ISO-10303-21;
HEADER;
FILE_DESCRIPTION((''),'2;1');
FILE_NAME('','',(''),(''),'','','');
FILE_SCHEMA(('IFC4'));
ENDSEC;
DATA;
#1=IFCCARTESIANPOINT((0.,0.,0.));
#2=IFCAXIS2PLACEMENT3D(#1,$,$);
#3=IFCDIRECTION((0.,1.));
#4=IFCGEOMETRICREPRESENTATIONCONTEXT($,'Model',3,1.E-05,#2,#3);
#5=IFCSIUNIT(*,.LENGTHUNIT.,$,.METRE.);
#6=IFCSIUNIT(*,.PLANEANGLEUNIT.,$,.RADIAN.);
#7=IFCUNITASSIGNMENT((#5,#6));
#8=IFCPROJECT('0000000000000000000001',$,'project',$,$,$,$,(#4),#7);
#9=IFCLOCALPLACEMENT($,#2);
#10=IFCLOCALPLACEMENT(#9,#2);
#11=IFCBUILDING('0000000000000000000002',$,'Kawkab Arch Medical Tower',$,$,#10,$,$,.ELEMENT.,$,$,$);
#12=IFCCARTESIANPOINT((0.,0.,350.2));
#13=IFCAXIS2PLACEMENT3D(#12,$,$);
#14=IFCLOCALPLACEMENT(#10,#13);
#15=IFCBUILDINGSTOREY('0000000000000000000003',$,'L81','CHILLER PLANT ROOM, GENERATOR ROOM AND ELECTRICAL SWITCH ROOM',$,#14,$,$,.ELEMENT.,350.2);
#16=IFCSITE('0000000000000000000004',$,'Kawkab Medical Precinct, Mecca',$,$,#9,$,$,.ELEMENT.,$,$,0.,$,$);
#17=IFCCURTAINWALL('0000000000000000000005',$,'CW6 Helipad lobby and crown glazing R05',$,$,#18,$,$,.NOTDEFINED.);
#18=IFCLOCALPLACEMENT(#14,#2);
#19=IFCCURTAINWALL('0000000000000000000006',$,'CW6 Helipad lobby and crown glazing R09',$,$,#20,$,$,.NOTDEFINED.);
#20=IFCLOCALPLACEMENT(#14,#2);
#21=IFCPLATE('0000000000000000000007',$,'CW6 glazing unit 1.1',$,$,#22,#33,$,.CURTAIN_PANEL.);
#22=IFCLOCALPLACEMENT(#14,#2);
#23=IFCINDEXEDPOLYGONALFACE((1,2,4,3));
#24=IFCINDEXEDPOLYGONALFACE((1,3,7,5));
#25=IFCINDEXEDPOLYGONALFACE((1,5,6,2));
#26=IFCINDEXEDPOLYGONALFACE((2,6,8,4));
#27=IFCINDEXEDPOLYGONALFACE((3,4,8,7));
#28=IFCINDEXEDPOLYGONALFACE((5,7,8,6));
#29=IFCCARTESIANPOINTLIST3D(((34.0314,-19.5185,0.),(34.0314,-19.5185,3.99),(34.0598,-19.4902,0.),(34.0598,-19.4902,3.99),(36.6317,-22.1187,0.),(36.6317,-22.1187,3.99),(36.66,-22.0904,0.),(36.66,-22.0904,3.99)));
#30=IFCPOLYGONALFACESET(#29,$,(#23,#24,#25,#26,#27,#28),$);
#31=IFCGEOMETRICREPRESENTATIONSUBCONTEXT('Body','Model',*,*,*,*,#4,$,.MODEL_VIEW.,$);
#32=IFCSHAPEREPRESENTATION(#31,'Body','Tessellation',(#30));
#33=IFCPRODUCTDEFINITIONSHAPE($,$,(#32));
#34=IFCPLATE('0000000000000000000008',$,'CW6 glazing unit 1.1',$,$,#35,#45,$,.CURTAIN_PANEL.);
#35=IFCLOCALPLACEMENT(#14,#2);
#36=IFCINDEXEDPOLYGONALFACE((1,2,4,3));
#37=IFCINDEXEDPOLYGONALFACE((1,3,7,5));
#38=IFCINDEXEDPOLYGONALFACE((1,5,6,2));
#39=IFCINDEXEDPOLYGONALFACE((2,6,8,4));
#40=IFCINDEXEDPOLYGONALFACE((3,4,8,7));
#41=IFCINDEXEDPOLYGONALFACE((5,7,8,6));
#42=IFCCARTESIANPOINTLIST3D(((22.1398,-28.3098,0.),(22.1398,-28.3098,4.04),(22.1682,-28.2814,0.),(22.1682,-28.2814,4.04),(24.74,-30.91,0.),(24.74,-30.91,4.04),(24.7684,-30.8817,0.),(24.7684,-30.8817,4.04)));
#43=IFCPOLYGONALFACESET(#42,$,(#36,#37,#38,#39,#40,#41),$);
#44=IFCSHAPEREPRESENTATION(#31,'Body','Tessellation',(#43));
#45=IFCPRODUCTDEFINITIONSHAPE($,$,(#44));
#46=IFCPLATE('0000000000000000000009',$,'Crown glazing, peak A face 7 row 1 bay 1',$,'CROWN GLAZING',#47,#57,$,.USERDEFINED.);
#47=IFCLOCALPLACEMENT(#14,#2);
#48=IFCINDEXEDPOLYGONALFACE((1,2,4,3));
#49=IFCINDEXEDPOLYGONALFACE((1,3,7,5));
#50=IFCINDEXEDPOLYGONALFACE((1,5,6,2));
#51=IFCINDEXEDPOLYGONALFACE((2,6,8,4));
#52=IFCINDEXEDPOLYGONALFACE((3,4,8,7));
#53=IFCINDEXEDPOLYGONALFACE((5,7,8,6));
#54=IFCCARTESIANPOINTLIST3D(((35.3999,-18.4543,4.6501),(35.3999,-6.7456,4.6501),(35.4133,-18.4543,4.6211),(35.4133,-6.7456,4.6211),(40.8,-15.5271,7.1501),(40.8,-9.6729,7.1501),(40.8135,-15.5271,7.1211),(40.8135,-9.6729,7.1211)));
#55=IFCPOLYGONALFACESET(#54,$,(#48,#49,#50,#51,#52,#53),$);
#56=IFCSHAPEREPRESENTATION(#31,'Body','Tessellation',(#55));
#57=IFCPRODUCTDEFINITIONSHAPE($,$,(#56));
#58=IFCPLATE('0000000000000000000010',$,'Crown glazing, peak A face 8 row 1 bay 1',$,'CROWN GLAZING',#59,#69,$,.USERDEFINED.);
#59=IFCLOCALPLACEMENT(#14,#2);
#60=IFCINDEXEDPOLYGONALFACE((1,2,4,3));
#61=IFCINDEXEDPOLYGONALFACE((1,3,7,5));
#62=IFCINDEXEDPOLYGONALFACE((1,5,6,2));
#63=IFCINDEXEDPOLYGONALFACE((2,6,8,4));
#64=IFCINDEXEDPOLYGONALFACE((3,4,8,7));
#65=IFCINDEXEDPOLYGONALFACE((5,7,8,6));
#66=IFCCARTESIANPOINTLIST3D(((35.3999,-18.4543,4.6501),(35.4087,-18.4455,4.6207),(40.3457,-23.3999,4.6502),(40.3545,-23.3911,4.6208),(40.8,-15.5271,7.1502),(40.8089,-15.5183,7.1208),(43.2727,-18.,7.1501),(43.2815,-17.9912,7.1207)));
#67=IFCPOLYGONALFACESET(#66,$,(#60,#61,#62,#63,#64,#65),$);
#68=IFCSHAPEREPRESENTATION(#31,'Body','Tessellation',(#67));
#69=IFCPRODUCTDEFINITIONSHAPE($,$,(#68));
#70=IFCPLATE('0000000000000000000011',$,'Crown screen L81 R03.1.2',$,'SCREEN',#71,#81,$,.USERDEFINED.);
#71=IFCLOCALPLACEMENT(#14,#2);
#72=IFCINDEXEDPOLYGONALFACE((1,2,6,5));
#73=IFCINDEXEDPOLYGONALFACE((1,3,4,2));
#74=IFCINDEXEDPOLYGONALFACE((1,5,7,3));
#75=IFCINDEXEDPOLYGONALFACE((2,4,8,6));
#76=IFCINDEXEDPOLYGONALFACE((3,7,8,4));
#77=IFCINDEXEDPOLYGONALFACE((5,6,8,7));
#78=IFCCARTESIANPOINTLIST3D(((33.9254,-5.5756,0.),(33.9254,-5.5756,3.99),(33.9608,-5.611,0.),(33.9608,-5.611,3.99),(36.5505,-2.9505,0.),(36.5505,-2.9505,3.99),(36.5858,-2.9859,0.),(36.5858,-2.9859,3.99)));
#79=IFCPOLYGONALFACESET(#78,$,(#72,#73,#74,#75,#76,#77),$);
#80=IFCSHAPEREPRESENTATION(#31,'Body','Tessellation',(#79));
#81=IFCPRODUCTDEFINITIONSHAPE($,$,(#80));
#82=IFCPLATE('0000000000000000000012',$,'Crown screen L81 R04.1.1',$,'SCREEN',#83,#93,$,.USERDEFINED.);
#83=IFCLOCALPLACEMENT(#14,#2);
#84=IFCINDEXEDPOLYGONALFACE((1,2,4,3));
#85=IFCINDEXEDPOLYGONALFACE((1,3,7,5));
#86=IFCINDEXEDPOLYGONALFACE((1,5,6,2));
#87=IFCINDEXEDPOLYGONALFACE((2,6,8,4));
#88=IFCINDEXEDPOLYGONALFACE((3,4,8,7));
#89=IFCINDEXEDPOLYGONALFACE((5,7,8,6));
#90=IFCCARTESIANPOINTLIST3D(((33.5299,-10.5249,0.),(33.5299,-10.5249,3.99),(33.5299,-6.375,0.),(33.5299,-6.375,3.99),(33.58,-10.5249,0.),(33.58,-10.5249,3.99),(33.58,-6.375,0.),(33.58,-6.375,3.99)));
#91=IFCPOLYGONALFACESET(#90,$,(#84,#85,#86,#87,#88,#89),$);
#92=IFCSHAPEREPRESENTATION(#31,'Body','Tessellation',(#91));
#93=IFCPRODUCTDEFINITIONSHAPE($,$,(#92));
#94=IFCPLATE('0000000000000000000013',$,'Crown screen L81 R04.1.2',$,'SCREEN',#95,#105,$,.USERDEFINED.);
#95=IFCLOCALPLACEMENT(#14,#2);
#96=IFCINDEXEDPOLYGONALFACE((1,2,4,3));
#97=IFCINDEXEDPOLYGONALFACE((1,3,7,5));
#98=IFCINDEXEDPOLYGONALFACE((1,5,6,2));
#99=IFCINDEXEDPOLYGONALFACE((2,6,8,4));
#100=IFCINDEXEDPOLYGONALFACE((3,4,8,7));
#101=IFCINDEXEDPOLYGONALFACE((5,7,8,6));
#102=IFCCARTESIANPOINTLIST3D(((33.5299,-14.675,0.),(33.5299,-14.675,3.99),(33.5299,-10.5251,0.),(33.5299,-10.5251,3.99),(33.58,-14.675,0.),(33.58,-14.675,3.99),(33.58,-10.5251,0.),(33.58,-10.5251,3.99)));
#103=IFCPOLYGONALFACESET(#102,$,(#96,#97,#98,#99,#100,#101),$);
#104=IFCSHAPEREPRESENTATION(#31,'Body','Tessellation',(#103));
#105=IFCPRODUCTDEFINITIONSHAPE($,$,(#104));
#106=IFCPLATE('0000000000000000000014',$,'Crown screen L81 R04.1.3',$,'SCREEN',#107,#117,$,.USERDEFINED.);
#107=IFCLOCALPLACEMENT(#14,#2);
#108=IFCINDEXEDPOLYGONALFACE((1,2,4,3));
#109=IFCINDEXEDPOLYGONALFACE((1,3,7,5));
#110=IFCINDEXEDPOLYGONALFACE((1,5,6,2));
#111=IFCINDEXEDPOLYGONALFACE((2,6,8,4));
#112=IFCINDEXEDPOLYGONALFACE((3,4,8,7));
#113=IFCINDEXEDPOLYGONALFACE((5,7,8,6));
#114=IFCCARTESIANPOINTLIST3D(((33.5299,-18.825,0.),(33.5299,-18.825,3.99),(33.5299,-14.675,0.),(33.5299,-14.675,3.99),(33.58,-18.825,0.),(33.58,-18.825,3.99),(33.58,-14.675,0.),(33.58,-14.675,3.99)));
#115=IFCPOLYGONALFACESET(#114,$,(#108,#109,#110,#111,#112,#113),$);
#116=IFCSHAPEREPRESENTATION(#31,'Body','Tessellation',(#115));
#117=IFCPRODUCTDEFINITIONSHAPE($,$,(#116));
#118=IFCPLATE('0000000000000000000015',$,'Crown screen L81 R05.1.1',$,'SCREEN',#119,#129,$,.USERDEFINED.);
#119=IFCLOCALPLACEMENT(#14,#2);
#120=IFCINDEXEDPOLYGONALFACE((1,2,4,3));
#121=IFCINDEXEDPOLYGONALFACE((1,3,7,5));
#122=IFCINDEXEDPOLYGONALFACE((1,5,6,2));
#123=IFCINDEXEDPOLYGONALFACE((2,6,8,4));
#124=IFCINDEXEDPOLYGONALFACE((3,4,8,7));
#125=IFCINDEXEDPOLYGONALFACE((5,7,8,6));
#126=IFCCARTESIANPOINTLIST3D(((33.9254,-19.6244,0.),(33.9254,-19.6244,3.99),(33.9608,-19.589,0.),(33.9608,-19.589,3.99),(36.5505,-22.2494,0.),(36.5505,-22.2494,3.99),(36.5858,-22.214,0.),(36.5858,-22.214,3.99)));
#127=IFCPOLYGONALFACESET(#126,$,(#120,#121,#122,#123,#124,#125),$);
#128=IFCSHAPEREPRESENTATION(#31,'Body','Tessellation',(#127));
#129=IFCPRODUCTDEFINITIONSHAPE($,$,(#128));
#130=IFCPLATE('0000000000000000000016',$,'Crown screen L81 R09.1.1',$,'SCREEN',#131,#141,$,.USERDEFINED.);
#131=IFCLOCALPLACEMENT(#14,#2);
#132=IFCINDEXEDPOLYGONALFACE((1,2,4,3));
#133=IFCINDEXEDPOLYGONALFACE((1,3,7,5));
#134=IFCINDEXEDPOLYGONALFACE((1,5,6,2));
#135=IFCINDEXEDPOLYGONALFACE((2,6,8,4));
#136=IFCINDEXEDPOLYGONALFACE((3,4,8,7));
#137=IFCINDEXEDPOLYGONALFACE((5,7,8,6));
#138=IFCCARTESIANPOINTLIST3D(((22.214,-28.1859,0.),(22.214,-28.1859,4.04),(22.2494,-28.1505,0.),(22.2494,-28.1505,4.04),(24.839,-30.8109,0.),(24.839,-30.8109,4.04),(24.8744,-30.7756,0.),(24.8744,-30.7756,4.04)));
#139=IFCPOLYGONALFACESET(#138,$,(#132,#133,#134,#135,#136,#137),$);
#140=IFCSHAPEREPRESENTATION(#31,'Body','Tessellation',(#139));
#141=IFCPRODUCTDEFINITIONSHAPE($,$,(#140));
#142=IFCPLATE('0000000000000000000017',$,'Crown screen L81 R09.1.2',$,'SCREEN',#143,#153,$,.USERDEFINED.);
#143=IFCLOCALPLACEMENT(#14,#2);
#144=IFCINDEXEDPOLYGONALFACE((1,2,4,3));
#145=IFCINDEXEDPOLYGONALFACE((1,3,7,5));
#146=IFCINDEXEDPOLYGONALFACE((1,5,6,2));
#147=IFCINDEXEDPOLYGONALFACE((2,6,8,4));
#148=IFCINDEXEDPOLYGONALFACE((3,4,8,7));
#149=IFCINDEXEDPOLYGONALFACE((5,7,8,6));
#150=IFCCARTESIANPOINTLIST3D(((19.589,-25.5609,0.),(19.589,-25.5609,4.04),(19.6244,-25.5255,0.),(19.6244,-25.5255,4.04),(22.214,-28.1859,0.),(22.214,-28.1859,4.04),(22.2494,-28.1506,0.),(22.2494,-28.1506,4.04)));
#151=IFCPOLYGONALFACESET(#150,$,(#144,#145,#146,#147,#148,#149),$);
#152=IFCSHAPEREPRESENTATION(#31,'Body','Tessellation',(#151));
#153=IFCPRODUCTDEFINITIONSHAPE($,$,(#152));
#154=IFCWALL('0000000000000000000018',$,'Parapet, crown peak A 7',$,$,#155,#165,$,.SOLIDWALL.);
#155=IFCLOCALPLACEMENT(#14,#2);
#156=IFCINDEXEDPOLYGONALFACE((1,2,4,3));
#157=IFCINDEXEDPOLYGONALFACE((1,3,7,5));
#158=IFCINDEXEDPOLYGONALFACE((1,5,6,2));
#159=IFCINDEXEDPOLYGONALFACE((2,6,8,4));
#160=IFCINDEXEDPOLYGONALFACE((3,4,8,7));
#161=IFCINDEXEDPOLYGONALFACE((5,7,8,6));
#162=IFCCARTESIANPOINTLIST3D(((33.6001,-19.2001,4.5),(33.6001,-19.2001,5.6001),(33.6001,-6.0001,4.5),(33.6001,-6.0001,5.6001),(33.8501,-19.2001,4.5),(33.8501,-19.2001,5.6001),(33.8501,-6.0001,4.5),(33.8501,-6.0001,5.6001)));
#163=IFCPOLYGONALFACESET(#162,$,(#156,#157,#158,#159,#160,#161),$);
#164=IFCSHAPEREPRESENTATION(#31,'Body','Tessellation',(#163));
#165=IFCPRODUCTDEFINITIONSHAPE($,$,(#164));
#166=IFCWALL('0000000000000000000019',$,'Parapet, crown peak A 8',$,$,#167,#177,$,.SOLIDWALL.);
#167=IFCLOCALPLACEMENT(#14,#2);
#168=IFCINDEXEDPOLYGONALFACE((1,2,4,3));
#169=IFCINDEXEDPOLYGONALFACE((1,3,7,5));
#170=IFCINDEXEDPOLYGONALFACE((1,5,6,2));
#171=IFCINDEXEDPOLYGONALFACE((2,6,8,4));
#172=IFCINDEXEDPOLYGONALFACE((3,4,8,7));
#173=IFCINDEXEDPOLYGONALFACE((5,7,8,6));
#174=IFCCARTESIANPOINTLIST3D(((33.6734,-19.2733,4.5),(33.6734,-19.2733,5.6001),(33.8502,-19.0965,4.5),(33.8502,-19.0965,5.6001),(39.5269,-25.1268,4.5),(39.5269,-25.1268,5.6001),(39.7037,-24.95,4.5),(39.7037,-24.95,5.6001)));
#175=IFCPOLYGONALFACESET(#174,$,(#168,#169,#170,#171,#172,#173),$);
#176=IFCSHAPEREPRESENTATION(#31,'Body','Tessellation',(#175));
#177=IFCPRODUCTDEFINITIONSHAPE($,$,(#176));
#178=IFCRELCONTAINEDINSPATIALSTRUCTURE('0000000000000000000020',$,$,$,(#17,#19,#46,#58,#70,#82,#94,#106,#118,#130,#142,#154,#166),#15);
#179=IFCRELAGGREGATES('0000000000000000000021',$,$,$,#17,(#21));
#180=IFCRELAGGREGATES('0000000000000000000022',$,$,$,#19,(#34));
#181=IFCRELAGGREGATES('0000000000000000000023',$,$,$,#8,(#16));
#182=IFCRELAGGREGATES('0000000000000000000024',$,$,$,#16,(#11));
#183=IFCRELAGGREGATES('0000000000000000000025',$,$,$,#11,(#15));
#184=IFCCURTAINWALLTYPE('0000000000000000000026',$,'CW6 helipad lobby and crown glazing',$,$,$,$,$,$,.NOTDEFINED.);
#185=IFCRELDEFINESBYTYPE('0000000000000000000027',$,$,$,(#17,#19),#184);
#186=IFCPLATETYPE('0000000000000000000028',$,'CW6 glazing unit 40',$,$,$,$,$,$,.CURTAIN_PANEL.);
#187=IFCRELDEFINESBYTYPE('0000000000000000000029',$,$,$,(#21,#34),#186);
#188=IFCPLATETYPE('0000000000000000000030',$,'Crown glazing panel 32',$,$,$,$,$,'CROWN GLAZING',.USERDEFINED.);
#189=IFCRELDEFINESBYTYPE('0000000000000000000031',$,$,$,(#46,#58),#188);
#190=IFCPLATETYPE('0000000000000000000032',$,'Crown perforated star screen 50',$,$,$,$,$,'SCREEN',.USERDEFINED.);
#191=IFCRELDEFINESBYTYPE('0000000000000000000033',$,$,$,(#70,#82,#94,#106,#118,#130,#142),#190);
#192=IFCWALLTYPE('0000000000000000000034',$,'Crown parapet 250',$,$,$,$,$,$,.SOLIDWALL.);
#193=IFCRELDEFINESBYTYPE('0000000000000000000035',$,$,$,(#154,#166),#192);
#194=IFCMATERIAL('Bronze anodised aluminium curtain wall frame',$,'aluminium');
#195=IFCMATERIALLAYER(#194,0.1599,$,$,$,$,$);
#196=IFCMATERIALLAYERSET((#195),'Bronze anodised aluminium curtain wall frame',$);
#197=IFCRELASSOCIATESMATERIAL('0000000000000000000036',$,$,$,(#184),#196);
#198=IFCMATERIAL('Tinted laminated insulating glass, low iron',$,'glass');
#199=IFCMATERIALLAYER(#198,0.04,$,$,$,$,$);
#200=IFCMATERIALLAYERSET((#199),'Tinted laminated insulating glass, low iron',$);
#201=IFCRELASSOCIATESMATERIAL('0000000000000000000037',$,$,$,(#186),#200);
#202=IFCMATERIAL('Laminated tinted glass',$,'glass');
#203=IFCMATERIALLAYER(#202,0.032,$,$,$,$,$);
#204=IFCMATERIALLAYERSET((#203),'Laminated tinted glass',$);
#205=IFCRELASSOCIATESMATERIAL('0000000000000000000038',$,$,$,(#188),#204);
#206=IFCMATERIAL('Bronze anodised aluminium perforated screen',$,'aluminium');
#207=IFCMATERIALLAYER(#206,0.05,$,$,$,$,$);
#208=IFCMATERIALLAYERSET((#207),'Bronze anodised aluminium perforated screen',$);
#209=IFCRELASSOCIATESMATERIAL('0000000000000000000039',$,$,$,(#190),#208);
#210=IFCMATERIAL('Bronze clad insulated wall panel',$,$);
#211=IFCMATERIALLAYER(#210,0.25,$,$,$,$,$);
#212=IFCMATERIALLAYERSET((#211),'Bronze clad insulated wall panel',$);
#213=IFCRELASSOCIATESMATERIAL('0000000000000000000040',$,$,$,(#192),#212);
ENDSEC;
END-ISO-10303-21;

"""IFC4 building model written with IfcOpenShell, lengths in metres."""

from ifc_helpers import new_model, si_unit, direction, frame, frame_2d, origin, origin_2d, place, context, subcontext, project, spatial, polyline, rectangle, outline, extrude, material, layer, layer_set, type_object, element, aggregate, save


model = new_model("IFC4")

# Units and contexts
model_context = context("Model", 3, precision=1e-05, world=origin(), true_north=direction((0.0, 1.0)))
body_context = subcontext(model_context, "Body", "Model", "MODEL_VIEW")
ifc_project = project(units=[si_unit("LENGTHUNIT", "METRE"), si_unit("PLANEANGLEUNIT", "RADIAN")], contexts=[model_context])

# Site, building, storey
site_placement = place(None, origin())
site = spatial("IfcSite", under=ifc_project, at=site_placement, Name="Kawkab Medical Precinct, Mecca", CompositionType="ELEMENT", RefElevation=0.0)
building_placement = place(site_placement, origin())
building = spatial("IfcBuilding", under=site, at=building_placement, Name="Kawkab Arch Medical Tower", CompositionType="ELEMENT")
storey_placement = place(building_placement, frame((0.0, 0.0, 350.2)))
storey = spatial("IfcBuildingStorey", under=building, at=storey_placement, Name="L81", Description="CHILLER PLANT ROOM, GENERATOR ROOM AND ELECTRICAL SWITCH ROOM", CompositionType="ELEMENT", Elevation=350.2)

# Shared definitions
ifc_material_1 = material(Name="Bronze anodised aluminium curtain wall frame", Category="aluminium")
ifc_layer_1 = layer(ifc_material_1, 0.1599)
ifc_layer_set_1 = layer_set([ifc_layer_1], Name="Bronze anodised aluminium curtain wall frame")
curtain_wall_type = type_object("IfcCurtainWallType", Name="CW6 helipad lobby and crown glazing", PredefinedType="NOTDEFINED", material=ifc_layer_set_1)
placement = place(storey_placement, origin())

# Curtain walls
curtain_wall_1 = element("IfcCurtainWall", 1, at=placement, inside=storey, type_object=curtain_wall_type, Name="CW6 Helipad lobby and crown glazing R05", PredefinedType="NOTDEFINED")
curtain_wall_2 = element("IfcCurtainWall", 2, at=placement, inside=storey, type_object=curtain_wall_type, Name="CW6 Helipad lobby and crown glazing R09", PredefinedType="NOTDEFINED")

# Plates
ifc_material_2 = material(Name="Tinted laminated insulating glass, low iron", Category="glass")
ifc_layer_2 = layer(ifc_material_2, 0.04)
ifc_layer_set_2 = layer_set([ifc_layer_2], Name="Tinted laminated insulating glass, low iron")
plate_type_1 = type_object("IfcPlateType", Name="CW6 glazing unit 40", PredefinedType="CURTAIN_PANEL", material=ifc_layer_set_2)
plate_1_placement = place(storey_placement, frame((35.3457, -20.8044, 0.0), z_axis=(0.0, 0.0, 1.0), x_axis=(0.707107, -0.707107, 0.0)))
plate_1 = element("IfcPlate", 3, at=plate_1_placement, type_object=plate_type_1, Name="CW6 glazing unit 1.1", PredefinedType="CURTAIN_PANEL", context=body_context, shape_type="SweptSolid", body=[
    extrude(rectangle(XDim=3.6772, YDim=0.04, at=origin_2d()), origin(), (0.0, 0.0, 1.0), 3.99),
])
aggregate(curtain_wall_1, [plate_1])
plate_2_placement = place(storey_placement, frame((23.4541, -29.5957, 0.0), z_axis=(0.0, 0.0, 1.0), x_axis=(-0.707107, 0.707107, 0.0)))
plate_2 = element("IfcPlate", 4, at=plate_2_placement, type_object=plate_type_1, Name="CW6 glazing unit 1.1", PredefinedType="CURTAIN_PANEL", context=body_context, shape_type="SweptSolid", body=[
    extrude(rectangle(XDim=3.6772, YDim=0.04, at=origin_2d()), origin(), (0.0, 0.0, 1.0), 4.04),
])
aggregate(curtain_wall_2, [plate_2])

# Plates
ifc_material_3 = material(Name="Laminated tinted glass", Category="glass")
ifc_layer_3 = layer(ifc_material_3, 0.032)
ifc_layer_set_3 = layer_set([ifc_layer_3], Name="Laminated tinted glass")
plate_type_2 = type_object("IfcPlateType", Name="Crown glazing panel 32", ElementType="CROWN GLAZING", PredefinedType="USERDEFINED", material=ifc_layer_set_3)
plate_3_placement = place(storey_placement, frame((35.3999, -6.7456, 4.6501), z_axis=(-0.420114, 0.0, 0.907471), x_axis=(0.0, -1.0, 0.0)))
element("IfcPlate", 5, at=plate_3_placement, inside=storey, type_object=plate_type_2, Name="Crown glazing, peak A face 7 row 1 bay 1", ObjectType="CROWN GLAZING", PredefinedType="USERDEFINED", context=body_context, shape_type="SweptSolid", body=[
    extrude(outline(polyline([(0.0, 0.0), (11.7087, 0.0), (8.7815, 5.9508), (2.9272, 5.9508), (0.0, 0.0)])), origin(), (0.0, 0.0, -1.0), 0.032),
])
plate_4_placement = place(storey_placement, frame((35.3999, -18.4543, 4.6501), z_axis=(-0.276346, -0.276346, 0.92047), x_axis=(0.707122, -0.707092, 0.000009)))
element("IfcPlate", 6, at=plate_4_placement, inside=storey, type_object=plate_type_2, Name="Crown glazing, peak A face 8 row 1 bay 1", ObjectType="CROWN GLAZING", PredefinedType="USERDEFINED", context=body_context, shape_type="SweptSolid", body=[
    extrude(outline(polyline([(0.0, 0.0), (6.9942, 0.0), (5.2458, 6.3968), (1.7487, 6.397), (0.0, 0.0)])), origin(), (0.0, 0.0, -1.0), 0.032),
])
ifc_material_4 = material(Name="Bronze anodised aluminium perforated screen", Category="aluminium")
ifc_layer_4 = layer(ifc_material_4, 0.05)
ifc_layer_set_4 = layer_set([ifc_layer_4], Name="Bronze anodised aluminium perforated screen")
plate_type_3 = type_object("IfcPlateType", Name="Crown perforated star screen 50", ElementType="SCREEN", PredefinedType="USERDEFINED", material=ifc_layer_set_4)
plate_5_placement = place(storey_placement, frame((35.2556, -4.2808, 0.0), z_axis=(0.0, 0.0, 1.0), x_axis=(-0.707107, -0.707107, 0.0)))
element("IfcPlate", 7, at=plate_5_placement, inside=storey, type_object=plate_type_3, Name="Crown screen L81 R03.1.2", ObjectType="SCREEN", PredefinedType="USERDEFINED", context=body_context, shape_type="SweptSolid", body=[
    extrude(rectangle(XDim=3.7124, YDim=0.05, at=origin_2d()), origin(), (0.0, 0.0, 1.0), 3.99),
])
for number, where, z_axis, x_axis, name in (
    (8, (33.5549, -8.45, 0.0), (0.0, 0.0, 1.0), (0.0, -1.0, 0.0), "Crown screen L81 R04.1.1"),
    (9, (33.5549, -12.6001, 0.0), (0.0, 0.0, 1.0), (0.0, -1.0, 0.0), "Crown screen L81 R04.1.2"),
    (10, (33.5549, -16.75, 0.0), (0.0, 0.0, 1.0), (0.0, -1.0, 0.0), "Crown screen L81 R04.1.3"),
):
    element("IfcPlate", number, at=place(storey_placement, frame(where, z_axis=z_axis, x_axis=x_axis)), inside=storey, type_object=plate_type_3, Name=name, ObjectType="SCREEN", PredefinedType="USERDEFINED", context=body_context, shape_type="SweptSolid", body=[
        extrude(rectangle(XDim=4.1499, YDim=0.05, at=origin_2d()), origin(), (0.0, 0.0, 1.0), 3.99),
    ])
plate_6_placement = place(storey_placement, frame((35.2556, -20.9192, 0.0), z_axis=(0.0, 0.0, 1.0), x_axis=(0.707107, -0.707107, 0.0)))
element("IfcPlate", 11, at=plate_6_placement, inside=storey, type_object=plate_type_3, Name="Crown screen L81 R05.1.1", ObjectType="SCREEN", PredefinedType="USERDEFINED", context=body_context, shape_type="SweptSolid", body=[
    extrude(rectangle(XDim=3.7124, YDim=0.05, at=origin_2d()), origin(), (0.0, 0.0, 1.0), 3.99),
])
for number, where, z_axis, x_axis, name in (
    (12, (23.5442, -29.4807, 0.0), (0.0, 0.0, 1.0), (-0.707107, 0.707107, 0.0), "Crown screen L81 R09.1.1"),
    (13, (20.9192, -26.8557, 0.0), (0.0, 0.0, 1.0), (-0.707107, 0.707107, 0.0), "Crown screen L81 R09.1.2"),
):
    element("IfcPlate", number, at=place(storey_placement, frame(where, z_axis=z_axis, x_axis=x_axis)), inside=storey, type_object=plate_type_3, Name=name, ObjectType="SCREEN", PredefinedType="USERDEFINED", context=body_context, shape_type="SweptSolid", body=[
        extrude(rectangle(XDim=3.7124, YDim=0.05, at=origin_2d()), origin(), (0.0, 0.0, 1.0), 4.04),
    ])

# Walls
ifc_material_5 = material(Name="Bronze clad insulated wall panel")
ifc_layer_5 = layer(ifc_material_5, 0.25)
ifc_layer_set_5 = layer_set([ifc_layer_5], Name="Bronze clad insulated wall panel")
wall_type_1 = type_object("IfcWallType", Name="Crown parapet 250", PredefinedType="SOLIDWALL", material=ifc_layer_set_5)
wall_1_placement = place(storey_placement, frame((33.7251, -6.0, 4.5), z_axis=(0.0, 0.0, 1.0), x_axis=(0.0, -1.0, 0.0)))
element("IfcWall", 14, at=wall_1_placement, inside=storey, type_object=wall_type_1, Name="Parapet, crown peak A 7", PredefinedType="SOLIDWALL", context=body_context, shape_type="SweptSolid", body=[
    extrude(rectangle(XDim=13.2, YDim=0.25, at=frame_2d((6.6001, 0.0))), origin(), (0.0, 0.0, 1.0), 1.1001),
])
wall_2_placement = place(storey_placement, frame((33.7617, -19.1848, 4.5), z_axis=(0.0, 0.0, 1.0), x_axis=(0.707107, -0.707107, 0.0)))
element("IfcWall", 15, at=wall_2_placement, inside=storey, type_object=wall_type_1, Name="Parapet, crown peak A 8", PredefinedType="SOLIDWALL", context=body_context, shape_type="SweptSolid", body=[
    extrude(rectangle(XDim=8.2781, YDim=0.25, at=frame_2d((4.1392, 0.0))), origin(), (0.0, 0.0, 1.0), 1.1001),
])

save(model, "model.ifc")
